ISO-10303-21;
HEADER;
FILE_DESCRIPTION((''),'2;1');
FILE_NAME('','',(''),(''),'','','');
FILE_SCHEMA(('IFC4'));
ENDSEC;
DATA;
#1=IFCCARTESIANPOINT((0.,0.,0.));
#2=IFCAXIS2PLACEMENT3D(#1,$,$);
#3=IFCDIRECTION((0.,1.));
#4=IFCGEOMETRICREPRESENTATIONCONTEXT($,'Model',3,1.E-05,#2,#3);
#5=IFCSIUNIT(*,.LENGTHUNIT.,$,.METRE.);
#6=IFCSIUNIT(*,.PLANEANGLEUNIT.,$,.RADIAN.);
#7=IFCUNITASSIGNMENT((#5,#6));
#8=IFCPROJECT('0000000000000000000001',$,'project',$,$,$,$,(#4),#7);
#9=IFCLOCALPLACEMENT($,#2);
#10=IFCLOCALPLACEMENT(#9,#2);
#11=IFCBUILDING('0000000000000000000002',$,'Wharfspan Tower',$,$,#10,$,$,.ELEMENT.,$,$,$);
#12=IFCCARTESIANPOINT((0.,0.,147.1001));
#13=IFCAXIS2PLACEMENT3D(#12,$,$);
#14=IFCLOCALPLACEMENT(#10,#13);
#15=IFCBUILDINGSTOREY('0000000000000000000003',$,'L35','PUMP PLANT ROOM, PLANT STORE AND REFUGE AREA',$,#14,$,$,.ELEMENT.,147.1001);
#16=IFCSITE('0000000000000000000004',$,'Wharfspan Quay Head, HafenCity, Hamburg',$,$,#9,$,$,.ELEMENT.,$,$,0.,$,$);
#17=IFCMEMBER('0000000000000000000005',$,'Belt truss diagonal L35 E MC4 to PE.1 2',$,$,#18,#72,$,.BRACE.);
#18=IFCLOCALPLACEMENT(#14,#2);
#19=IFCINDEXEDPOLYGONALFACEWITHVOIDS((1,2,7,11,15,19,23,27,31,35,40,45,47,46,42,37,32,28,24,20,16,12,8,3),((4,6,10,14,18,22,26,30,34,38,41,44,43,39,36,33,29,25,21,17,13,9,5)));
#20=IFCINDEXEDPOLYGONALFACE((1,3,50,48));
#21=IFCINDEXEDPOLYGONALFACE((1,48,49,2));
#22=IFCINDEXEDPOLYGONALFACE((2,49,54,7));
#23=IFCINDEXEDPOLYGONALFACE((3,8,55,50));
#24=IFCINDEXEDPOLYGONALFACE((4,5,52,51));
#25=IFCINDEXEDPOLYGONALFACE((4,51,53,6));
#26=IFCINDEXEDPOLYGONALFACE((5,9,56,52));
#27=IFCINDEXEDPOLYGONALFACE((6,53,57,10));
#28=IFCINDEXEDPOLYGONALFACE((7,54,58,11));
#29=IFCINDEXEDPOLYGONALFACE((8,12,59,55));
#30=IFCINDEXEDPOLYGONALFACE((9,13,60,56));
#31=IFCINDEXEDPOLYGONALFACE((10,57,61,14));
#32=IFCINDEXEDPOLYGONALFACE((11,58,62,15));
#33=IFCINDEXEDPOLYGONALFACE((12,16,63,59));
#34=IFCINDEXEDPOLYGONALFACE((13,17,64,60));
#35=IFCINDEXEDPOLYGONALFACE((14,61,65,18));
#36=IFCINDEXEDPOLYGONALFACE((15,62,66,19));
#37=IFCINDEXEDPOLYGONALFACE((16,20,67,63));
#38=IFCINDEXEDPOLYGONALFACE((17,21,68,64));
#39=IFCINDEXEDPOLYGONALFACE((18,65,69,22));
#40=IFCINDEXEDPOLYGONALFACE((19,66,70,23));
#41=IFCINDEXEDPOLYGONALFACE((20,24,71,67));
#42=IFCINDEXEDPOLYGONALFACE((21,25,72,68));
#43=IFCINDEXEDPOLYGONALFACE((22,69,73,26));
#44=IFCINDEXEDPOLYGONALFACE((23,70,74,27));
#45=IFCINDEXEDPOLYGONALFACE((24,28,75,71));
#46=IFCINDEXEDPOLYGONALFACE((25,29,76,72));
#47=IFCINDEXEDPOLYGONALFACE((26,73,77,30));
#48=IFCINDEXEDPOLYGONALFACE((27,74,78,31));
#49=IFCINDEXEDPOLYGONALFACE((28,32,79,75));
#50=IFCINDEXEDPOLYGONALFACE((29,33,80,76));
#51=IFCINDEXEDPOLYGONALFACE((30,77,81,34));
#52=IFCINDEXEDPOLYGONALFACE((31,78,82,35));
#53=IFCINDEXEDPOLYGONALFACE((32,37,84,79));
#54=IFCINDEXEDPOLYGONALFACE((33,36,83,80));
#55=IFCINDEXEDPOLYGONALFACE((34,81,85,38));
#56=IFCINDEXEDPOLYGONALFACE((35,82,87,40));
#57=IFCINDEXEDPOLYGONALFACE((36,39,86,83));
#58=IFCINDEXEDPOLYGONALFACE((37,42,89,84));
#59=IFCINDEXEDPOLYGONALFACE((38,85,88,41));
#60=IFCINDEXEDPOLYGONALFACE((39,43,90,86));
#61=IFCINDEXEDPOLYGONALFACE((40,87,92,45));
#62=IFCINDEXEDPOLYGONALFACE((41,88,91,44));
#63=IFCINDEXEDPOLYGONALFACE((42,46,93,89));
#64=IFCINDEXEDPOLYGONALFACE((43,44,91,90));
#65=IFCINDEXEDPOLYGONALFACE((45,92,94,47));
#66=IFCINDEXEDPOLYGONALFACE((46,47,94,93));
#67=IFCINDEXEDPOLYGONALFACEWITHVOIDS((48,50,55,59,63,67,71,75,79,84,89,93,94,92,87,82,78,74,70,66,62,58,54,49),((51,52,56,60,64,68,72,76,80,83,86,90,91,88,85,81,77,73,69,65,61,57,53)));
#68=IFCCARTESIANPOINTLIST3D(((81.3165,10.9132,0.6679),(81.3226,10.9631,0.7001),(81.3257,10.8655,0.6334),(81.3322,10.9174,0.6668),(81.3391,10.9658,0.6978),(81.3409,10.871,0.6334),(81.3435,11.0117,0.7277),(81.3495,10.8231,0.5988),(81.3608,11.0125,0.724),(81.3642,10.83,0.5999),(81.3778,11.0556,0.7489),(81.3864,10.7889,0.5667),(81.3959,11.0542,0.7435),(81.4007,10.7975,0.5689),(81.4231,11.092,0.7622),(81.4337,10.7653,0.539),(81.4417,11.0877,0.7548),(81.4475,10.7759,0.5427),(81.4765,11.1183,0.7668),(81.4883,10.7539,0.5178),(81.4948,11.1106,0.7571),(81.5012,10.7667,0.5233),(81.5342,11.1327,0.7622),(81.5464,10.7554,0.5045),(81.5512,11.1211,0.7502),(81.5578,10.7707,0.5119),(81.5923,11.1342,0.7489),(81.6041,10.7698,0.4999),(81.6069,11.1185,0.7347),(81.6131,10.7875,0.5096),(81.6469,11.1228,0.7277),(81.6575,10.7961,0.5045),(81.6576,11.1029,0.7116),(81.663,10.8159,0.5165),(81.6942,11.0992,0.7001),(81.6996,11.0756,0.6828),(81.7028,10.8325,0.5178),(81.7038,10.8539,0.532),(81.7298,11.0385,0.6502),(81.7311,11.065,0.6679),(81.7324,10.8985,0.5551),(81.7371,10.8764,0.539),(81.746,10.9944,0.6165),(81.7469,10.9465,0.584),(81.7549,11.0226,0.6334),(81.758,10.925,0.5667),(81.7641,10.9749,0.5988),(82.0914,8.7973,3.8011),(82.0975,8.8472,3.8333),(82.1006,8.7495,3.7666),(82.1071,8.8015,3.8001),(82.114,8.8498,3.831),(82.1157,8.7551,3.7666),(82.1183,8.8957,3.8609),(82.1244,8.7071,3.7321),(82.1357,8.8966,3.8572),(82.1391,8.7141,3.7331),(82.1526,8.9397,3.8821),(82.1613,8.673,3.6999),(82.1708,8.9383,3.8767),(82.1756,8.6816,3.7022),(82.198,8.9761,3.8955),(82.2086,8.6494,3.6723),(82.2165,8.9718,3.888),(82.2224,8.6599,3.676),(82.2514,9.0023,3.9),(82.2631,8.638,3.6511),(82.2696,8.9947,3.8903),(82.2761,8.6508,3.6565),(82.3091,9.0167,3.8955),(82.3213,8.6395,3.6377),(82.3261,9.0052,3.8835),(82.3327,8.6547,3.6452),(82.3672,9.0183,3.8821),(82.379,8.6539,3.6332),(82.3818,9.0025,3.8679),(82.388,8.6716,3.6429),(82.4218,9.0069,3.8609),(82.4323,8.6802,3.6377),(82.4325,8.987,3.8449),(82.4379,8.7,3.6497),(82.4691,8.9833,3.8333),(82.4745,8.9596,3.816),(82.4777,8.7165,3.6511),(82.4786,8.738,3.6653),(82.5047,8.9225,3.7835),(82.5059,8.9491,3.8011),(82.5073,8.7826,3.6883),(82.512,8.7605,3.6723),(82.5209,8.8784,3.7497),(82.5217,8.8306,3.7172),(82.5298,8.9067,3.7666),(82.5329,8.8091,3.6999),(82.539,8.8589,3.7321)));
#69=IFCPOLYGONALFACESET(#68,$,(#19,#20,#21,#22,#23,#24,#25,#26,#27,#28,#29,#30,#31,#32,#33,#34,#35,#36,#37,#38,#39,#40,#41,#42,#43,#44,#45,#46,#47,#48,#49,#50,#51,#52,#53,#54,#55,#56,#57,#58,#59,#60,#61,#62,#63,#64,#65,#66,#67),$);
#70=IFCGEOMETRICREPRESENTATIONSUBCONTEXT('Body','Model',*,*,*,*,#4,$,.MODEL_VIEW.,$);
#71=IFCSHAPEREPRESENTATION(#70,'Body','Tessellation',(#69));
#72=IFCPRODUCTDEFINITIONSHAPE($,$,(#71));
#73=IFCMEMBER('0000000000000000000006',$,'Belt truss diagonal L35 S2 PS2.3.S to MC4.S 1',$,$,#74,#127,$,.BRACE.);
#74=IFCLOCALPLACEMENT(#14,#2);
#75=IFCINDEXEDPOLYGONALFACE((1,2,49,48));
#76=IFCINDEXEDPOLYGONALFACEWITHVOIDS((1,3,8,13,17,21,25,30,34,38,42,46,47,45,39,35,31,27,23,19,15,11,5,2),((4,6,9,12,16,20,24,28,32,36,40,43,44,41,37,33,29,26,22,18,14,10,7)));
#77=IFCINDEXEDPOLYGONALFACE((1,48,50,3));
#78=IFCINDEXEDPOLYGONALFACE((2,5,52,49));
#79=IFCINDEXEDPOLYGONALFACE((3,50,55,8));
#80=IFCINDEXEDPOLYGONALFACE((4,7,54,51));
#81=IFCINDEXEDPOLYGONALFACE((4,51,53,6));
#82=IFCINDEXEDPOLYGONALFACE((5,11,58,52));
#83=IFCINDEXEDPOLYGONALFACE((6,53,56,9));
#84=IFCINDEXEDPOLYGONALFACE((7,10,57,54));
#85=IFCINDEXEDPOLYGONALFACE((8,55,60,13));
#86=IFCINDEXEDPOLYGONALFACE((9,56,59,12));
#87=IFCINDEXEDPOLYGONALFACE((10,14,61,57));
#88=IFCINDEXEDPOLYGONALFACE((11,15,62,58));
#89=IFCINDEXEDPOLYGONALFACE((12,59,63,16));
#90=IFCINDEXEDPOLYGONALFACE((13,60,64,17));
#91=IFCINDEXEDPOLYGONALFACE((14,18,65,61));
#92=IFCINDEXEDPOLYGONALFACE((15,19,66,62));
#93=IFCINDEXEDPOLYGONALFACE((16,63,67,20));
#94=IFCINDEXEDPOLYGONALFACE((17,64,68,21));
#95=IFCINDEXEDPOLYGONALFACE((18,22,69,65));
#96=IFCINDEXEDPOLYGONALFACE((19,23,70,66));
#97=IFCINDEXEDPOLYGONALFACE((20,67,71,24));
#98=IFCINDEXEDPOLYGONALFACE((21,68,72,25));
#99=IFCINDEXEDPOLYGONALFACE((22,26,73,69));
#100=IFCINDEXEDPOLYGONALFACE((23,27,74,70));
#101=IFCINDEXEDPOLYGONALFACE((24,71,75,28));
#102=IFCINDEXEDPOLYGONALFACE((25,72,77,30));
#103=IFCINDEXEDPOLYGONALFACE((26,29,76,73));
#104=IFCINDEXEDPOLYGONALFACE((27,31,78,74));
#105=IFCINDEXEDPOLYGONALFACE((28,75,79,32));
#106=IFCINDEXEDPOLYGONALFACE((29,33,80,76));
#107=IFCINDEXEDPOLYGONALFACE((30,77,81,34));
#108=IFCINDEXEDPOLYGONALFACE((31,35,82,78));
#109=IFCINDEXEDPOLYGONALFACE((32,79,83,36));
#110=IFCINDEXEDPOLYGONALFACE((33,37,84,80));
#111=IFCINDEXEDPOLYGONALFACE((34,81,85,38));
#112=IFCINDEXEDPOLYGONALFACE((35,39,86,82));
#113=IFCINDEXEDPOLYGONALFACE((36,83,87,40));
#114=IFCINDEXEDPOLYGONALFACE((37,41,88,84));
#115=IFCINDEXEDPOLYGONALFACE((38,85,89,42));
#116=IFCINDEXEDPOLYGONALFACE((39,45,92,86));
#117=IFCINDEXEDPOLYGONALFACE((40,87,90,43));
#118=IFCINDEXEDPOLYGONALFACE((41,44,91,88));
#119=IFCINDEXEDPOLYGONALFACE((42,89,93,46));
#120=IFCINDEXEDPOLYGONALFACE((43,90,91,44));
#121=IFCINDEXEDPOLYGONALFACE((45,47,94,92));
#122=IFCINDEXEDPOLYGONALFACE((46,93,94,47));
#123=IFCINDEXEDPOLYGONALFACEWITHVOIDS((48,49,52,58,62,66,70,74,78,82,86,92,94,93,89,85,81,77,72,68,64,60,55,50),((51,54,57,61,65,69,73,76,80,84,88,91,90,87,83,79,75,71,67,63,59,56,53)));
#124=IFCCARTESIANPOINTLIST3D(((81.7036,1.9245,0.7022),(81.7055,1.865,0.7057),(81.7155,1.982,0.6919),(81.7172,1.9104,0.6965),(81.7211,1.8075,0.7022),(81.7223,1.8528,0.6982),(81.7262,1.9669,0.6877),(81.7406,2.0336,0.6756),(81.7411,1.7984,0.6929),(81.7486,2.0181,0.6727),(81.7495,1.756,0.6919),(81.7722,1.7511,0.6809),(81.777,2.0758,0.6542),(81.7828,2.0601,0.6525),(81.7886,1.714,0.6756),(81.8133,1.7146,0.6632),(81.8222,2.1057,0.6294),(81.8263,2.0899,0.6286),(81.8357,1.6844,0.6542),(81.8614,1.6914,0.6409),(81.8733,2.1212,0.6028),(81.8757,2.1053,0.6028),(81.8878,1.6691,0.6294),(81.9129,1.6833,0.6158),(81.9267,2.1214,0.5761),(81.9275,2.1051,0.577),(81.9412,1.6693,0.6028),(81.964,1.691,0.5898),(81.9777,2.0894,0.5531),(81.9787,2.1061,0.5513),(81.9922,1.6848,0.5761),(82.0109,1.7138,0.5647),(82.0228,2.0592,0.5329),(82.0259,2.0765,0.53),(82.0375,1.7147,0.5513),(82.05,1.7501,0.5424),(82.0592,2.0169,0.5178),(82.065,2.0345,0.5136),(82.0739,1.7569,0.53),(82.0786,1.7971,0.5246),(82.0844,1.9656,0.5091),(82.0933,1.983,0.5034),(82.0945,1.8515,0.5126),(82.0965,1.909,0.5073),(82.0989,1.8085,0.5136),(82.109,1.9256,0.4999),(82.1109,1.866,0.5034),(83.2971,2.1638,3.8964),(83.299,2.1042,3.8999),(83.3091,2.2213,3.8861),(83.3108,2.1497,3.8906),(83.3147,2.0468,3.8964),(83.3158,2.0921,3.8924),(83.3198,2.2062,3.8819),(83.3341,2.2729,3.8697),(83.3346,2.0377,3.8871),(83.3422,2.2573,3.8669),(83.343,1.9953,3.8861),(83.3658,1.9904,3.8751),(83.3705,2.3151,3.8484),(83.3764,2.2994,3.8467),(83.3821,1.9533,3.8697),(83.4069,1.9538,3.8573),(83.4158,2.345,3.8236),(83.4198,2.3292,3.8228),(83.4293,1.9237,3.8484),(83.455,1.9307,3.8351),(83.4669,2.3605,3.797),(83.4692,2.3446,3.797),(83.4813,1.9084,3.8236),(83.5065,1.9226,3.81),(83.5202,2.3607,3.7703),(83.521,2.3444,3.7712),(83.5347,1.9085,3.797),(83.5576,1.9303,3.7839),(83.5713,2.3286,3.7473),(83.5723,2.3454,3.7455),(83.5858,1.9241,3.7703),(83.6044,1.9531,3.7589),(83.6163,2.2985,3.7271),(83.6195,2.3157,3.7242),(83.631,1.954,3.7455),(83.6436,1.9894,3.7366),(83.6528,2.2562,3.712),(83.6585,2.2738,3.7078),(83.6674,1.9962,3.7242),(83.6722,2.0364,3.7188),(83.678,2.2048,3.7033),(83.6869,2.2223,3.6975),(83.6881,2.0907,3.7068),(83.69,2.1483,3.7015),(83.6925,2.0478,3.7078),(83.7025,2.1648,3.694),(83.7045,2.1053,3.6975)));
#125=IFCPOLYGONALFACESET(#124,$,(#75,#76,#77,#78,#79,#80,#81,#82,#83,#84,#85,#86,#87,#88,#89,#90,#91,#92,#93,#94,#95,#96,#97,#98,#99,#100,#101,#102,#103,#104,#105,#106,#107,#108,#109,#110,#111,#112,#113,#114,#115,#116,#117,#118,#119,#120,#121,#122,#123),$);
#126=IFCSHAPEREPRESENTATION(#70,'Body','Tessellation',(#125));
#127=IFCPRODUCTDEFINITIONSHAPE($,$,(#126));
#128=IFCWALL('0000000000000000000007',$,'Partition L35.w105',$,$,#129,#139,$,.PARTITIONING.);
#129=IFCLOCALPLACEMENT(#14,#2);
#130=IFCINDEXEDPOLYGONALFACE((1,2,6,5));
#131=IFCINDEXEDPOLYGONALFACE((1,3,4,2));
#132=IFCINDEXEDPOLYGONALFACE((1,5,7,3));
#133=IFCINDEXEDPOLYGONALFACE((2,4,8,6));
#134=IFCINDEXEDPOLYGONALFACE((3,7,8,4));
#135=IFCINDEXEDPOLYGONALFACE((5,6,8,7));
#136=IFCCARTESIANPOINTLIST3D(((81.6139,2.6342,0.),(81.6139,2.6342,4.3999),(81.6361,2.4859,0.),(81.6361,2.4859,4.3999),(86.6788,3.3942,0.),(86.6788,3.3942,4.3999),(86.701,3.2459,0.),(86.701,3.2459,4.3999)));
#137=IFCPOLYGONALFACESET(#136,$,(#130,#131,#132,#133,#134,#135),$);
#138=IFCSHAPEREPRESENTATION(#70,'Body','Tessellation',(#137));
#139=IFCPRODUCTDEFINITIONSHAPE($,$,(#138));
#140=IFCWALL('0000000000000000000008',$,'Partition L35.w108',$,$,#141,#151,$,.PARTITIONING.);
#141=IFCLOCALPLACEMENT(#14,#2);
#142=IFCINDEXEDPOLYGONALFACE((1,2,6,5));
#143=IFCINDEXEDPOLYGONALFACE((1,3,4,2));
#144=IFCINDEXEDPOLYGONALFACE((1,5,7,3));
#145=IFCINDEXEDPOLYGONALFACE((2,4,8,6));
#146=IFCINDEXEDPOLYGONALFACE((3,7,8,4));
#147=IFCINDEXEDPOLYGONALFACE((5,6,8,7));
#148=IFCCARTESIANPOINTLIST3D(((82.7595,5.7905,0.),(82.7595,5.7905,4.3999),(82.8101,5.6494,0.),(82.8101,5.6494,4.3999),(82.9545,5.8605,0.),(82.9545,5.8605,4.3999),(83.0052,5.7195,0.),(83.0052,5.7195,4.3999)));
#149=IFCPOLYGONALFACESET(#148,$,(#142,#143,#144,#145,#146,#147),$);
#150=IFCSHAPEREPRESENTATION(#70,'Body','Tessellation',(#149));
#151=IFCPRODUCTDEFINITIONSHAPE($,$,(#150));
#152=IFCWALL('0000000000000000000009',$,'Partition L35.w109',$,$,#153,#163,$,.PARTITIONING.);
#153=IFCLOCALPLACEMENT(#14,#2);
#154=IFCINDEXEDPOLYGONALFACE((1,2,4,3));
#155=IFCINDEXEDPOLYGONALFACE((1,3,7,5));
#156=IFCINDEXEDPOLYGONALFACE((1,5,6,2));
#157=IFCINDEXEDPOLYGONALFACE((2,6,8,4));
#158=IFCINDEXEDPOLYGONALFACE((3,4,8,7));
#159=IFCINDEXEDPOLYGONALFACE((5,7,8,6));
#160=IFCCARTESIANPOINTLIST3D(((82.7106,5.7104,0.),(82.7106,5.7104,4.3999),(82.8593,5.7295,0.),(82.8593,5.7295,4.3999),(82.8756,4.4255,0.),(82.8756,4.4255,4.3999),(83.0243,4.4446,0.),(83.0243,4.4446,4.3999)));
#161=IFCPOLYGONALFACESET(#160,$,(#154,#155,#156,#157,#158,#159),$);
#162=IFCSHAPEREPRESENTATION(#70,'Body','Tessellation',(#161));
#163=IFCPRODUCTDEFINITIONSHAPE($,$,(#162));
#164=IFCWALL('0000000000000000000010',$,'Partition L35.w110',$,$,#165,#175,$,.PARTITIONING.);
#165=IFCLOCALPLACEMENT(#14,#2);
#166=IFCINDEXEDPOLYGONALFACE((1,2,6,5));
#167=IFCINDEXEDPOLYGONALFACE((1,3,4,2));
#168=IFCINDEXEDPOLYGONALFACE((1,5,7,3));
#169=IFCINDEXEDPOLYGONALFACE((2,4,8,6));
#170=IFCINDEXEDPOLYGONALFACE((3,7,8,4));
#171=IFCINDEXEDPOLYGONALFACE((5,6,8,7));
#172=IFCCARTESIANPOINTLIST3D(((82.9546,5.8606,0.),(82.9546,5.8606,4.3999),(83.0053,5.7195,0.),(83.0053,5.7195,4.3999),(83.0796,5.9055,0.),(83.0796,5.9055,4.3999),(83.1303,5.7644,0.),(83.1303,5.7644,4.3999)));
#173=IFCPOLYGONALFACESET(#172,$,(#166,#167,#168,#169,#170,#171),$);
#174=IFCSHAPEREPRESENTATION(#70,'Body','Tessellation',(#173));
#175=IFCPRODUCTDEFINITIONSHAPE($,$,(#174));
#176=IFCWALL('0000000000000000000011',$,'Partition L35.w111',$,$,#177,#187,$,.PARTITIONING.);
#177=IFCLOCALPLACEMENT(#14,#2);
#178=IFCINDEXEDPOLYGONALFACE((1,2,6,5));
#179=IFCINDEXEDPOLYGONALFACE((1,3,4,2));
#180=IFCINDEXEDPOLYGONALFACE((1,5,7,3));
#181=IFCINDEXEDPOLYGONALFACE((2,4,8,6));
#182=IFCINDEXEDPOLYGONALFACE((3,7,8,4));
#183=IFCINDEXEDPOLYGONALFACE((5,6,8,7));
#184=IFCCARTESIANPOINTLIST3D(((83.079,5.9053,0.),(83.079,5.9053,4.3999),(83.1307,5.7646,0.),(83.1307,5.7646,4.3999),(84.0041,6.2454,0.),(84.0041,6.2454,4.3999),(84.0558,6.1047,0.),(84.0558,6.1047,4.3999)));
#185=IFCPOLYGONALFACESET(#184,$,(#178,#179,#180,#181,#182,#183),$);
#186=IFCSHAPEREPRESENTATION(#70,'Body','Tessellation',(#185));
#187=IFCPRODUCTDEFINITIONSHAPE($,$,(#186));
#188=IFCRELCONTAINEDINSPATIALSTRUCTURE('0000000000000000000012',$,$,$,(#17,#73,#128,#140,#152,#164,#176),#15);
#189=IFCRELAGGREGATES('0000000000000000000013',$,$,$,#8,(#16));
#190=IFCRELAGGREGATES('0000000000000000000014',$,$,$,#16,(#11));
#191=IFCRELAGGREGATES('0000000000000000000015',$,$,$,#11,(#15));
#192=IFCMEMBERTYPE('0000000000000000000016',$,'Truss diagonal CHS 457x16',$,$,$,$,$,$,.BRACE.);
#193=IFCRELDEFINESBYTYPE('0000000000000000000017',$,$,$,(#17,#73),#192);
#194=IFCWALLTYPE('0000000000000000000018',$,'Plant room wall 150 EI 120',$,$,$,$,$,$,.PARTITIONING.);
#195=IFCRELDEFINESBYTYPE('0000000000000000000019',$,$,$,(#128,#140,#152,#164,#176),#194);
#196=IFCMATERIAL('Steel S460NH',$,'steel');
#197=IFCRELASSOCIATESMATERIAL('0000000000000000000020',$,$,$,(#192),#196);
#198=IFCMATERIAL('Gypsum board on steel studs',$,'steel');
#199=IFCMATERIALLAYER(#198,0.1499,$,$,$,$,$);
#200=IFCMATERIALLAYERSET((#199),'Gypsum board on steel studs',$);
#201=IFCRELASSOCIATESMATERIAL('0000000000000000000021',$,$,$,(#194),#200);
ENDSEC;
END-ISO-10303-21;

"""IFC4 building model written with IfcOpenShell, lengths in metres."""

from ifc_helpers import new_model, si_unit, direction, frame, frame_2d, origin, origin_2d, place, context, subcontext, project, spatial, rectangle, hollow_circle, extrude, material, layer, layer_set, material_profile, profile_set, type_object, element, save


model = new_model("IFC4")

# Units and contexts
model_context = context("Model", 3, precision=1e-05, world=origin(), true_north=direction((0.0, 1.0)))
body_context = subcontext(model_context, "Body", "Model", "MODEL_VIEW")
ifc_project = project(units=[si_unit("LENGTHUNIT", "METRE"), si_unit("PLANEANGLEUNIT", "RADIAN")], contexts=[model_context])

# Site, building, storey
site_placement = place(None, origin())
site = spatial("IfcSite", under=ifc_project, at=site_placement, Name="Wharfspan Quay Head, HafenCity, Hamburg", CompositionType="ELEMENT", RefElevation=0.0)
building_placement = place(site_placement, origin())
building = spatial("IfcBuilding", under=site, at=building_placement, Name="Wharfspan Tower", CompositionType="ELEMENT")
storey_placement = place(building_placement, frame((0.0, 0.0, 147.1001)))
storey = spatial("IfcBuildingStorey", under=building, at=storey_placement, Name="L35", Description="PUMP PLANT ROOM, PLANT STORE AND REFUGE AREA", CompositionType="ELEMENT", Elevation=147.1001)

# Members
ifc_material_1 = material(Name="Steel S460NH", Category="steel")
ifc_material_profile_1 = material_profile(ifc_material_1, hollow_circle(Radius=0.2285, WallThickness=0.0161, at=origin_2d()))
ifc_profile_set_1 = profile_set([ifc_material_profile_1], Name="Steel S460NH")
member_type_1 = type_object("IfcMemberType", Name="Truss diagonal CHS 457x16", PredefinedType="BRACE", material=ifc_profile_set_1)
for number, where, z_axis, x_axis, name in (
    (1, (82.3152, 8.8281, 3.7666), (-0.20078, 0.548256, -0.811851), (-0.939016, -0.343881, 0.000001), "Belt truss diagonal L35 E MC4 to PE.1 2"),
):
    element("IfcMember", number, at=place(storey_placement, frame(where, z_axis=z_axis, x_axis=x_axis)), inside=storey, type_object=member_type_1, Name=name, PredefinedType="BRACE", context=body_context, shape_type="SweptSolid", body=[
        extrude(hollow_circle(Radius=0.2285, WallThickness=0.0161, at=origin_2d()), origin(), (0.0, 0.0, 1.0), 3.8594),
    ])
member_placement = place(storey_placement, frame((81.9072, 1.8953, 0.6028), z_axis=(0.445421, 0.066878, 0.89282), x_axis=(-0.148485, 0.988913, 0.000002)))
element("IfcMember", 2, at=member_placement, inside=storey, type_object=member_type_1, Name="Belt truss diagonal L35 S2 PS2.3.S to MC4.S 1", PredefinedType="BRACE", context=body_context, shape_type="SweptSolid", body=[
    extrude(hollow_circle(Radius=0.2285, WallThickness=0.0161, at=origin_2d()), origin(), (0.0, 0.0, 1.0), 3.5776),
])

# Walls
ifc_material_2 = material(Name="Gypsum board on steel studs", Category="steel")
ifc_layer = layer(ifc_material_2, 0.1499)
ifc_layer_set = layer_set([ifc_layer], Name="Gypsum board on steel studs")
wall_type = type_object("IfcWallType", Name="Plant room wall 150 EI 120", PredefinedType="PARTITIONING", material=ifc_layer_set)
wall_1_placement = place(storey_placement, frame((81.625, 2.5601, 0.0), z_axis=(0.0, 0.0, 1.0), x_axis=(0.98893, 0.148392, 0.0)))
element("IfcWall", 3, at=wall_1_placement, inside=storey, type_object=wall_type, Name="Partition L35.w105", PredefinedType="PARTITIONING", context=body_context, shape_type="SweptSolid", body=[
    extrude(rectangle(XDim=5.1216, YDim=0.1499, at=frame_2d((2.5608, 0.0))), origin(), (0.0, 0.0, 1.0), 4.3999),
])
wall_2_placement = place(storey_placement, frame((82.7849, 5.72, 0.0), z_axis=(0.0, 0.0, 1.0), x_axis=(0.94113, 0.338053, 0.0)))
element("IfcWall", 4, at=wall_2_placement, inside=storey, type_object=wall_type, Name="Partition L35.w108", PredefinedType="PARTITIONING", context=body_context, shape_type="SweptSolid", body=[
    extrude(rectangle(XDim=0.2073, YDim=0.1499, at=frame_2d((0.1035, 0.0))), origin(), (0.0, 0.0, 1.0), 4.3999),
])
wall_3_placement = place(storey_placement, frame((82.95, 4.4351, 0.0), z_axis=(0.0, 0.0, 1.0), x_axis=(-0.127397, 0.99185, 0.0)))
element("IfcWall", 5, at=wall_3_placement, inside=storey, type_object=wall_type, Name="Partition L35.w109", PredefinedType="PARTITIONING", context=body_context, shape_type="SweptSolid", body=[
    extrude(rectangle(XDim=1.2954, YDim=0.1499, at=frame_2d((0.6477, 0.0))), origin(), (0.0, 0.0, 1.0), 4.3999),
])
wall_4_placement = place(storey_placement, frame((82.98, 5.79, 0.0), z_axis=(0.0, 0.0, 1.0), x_axis=(0.941078, 0.3382, 0.0)))
element("IfcWall", 6, at=wall_4_placement, inside=storey, type_object=wall_type, Name="Partition L35.w110", PredefinedType="PARTITIONING", context=body_context, shape_type="SweptSolid", body=[
    extrude(rectangle(XDim=0.1328, YDim=0.1499, at=frame_2d((0.0664, 0.0))), origin(), (0.0, 0.0, 1.0), 4.3999),
])
wall_5_placement = place(storey_placement, frame((83.105, 5.835, 0.0), z_axis=(0.0, 0.0, 1.0), x_axis=(0.938584, 0.345064, 0.0)))
element("IfcWall", 7, at=wall_5_placement, inside=storey, type_object=wall_type, Name="Partition L35.w111", PredefinedType="PARTITIONING", context=body_context, shape_type="SweptSolid", body=[
    extrude(rectangle(XDim=0.9856, YDim=0.1499, at=frame_2d((0.4927, 0.0))), origin(), (0.0, 0.0, 1.0), 4.3999),
])

save(model, "model.ifc")
